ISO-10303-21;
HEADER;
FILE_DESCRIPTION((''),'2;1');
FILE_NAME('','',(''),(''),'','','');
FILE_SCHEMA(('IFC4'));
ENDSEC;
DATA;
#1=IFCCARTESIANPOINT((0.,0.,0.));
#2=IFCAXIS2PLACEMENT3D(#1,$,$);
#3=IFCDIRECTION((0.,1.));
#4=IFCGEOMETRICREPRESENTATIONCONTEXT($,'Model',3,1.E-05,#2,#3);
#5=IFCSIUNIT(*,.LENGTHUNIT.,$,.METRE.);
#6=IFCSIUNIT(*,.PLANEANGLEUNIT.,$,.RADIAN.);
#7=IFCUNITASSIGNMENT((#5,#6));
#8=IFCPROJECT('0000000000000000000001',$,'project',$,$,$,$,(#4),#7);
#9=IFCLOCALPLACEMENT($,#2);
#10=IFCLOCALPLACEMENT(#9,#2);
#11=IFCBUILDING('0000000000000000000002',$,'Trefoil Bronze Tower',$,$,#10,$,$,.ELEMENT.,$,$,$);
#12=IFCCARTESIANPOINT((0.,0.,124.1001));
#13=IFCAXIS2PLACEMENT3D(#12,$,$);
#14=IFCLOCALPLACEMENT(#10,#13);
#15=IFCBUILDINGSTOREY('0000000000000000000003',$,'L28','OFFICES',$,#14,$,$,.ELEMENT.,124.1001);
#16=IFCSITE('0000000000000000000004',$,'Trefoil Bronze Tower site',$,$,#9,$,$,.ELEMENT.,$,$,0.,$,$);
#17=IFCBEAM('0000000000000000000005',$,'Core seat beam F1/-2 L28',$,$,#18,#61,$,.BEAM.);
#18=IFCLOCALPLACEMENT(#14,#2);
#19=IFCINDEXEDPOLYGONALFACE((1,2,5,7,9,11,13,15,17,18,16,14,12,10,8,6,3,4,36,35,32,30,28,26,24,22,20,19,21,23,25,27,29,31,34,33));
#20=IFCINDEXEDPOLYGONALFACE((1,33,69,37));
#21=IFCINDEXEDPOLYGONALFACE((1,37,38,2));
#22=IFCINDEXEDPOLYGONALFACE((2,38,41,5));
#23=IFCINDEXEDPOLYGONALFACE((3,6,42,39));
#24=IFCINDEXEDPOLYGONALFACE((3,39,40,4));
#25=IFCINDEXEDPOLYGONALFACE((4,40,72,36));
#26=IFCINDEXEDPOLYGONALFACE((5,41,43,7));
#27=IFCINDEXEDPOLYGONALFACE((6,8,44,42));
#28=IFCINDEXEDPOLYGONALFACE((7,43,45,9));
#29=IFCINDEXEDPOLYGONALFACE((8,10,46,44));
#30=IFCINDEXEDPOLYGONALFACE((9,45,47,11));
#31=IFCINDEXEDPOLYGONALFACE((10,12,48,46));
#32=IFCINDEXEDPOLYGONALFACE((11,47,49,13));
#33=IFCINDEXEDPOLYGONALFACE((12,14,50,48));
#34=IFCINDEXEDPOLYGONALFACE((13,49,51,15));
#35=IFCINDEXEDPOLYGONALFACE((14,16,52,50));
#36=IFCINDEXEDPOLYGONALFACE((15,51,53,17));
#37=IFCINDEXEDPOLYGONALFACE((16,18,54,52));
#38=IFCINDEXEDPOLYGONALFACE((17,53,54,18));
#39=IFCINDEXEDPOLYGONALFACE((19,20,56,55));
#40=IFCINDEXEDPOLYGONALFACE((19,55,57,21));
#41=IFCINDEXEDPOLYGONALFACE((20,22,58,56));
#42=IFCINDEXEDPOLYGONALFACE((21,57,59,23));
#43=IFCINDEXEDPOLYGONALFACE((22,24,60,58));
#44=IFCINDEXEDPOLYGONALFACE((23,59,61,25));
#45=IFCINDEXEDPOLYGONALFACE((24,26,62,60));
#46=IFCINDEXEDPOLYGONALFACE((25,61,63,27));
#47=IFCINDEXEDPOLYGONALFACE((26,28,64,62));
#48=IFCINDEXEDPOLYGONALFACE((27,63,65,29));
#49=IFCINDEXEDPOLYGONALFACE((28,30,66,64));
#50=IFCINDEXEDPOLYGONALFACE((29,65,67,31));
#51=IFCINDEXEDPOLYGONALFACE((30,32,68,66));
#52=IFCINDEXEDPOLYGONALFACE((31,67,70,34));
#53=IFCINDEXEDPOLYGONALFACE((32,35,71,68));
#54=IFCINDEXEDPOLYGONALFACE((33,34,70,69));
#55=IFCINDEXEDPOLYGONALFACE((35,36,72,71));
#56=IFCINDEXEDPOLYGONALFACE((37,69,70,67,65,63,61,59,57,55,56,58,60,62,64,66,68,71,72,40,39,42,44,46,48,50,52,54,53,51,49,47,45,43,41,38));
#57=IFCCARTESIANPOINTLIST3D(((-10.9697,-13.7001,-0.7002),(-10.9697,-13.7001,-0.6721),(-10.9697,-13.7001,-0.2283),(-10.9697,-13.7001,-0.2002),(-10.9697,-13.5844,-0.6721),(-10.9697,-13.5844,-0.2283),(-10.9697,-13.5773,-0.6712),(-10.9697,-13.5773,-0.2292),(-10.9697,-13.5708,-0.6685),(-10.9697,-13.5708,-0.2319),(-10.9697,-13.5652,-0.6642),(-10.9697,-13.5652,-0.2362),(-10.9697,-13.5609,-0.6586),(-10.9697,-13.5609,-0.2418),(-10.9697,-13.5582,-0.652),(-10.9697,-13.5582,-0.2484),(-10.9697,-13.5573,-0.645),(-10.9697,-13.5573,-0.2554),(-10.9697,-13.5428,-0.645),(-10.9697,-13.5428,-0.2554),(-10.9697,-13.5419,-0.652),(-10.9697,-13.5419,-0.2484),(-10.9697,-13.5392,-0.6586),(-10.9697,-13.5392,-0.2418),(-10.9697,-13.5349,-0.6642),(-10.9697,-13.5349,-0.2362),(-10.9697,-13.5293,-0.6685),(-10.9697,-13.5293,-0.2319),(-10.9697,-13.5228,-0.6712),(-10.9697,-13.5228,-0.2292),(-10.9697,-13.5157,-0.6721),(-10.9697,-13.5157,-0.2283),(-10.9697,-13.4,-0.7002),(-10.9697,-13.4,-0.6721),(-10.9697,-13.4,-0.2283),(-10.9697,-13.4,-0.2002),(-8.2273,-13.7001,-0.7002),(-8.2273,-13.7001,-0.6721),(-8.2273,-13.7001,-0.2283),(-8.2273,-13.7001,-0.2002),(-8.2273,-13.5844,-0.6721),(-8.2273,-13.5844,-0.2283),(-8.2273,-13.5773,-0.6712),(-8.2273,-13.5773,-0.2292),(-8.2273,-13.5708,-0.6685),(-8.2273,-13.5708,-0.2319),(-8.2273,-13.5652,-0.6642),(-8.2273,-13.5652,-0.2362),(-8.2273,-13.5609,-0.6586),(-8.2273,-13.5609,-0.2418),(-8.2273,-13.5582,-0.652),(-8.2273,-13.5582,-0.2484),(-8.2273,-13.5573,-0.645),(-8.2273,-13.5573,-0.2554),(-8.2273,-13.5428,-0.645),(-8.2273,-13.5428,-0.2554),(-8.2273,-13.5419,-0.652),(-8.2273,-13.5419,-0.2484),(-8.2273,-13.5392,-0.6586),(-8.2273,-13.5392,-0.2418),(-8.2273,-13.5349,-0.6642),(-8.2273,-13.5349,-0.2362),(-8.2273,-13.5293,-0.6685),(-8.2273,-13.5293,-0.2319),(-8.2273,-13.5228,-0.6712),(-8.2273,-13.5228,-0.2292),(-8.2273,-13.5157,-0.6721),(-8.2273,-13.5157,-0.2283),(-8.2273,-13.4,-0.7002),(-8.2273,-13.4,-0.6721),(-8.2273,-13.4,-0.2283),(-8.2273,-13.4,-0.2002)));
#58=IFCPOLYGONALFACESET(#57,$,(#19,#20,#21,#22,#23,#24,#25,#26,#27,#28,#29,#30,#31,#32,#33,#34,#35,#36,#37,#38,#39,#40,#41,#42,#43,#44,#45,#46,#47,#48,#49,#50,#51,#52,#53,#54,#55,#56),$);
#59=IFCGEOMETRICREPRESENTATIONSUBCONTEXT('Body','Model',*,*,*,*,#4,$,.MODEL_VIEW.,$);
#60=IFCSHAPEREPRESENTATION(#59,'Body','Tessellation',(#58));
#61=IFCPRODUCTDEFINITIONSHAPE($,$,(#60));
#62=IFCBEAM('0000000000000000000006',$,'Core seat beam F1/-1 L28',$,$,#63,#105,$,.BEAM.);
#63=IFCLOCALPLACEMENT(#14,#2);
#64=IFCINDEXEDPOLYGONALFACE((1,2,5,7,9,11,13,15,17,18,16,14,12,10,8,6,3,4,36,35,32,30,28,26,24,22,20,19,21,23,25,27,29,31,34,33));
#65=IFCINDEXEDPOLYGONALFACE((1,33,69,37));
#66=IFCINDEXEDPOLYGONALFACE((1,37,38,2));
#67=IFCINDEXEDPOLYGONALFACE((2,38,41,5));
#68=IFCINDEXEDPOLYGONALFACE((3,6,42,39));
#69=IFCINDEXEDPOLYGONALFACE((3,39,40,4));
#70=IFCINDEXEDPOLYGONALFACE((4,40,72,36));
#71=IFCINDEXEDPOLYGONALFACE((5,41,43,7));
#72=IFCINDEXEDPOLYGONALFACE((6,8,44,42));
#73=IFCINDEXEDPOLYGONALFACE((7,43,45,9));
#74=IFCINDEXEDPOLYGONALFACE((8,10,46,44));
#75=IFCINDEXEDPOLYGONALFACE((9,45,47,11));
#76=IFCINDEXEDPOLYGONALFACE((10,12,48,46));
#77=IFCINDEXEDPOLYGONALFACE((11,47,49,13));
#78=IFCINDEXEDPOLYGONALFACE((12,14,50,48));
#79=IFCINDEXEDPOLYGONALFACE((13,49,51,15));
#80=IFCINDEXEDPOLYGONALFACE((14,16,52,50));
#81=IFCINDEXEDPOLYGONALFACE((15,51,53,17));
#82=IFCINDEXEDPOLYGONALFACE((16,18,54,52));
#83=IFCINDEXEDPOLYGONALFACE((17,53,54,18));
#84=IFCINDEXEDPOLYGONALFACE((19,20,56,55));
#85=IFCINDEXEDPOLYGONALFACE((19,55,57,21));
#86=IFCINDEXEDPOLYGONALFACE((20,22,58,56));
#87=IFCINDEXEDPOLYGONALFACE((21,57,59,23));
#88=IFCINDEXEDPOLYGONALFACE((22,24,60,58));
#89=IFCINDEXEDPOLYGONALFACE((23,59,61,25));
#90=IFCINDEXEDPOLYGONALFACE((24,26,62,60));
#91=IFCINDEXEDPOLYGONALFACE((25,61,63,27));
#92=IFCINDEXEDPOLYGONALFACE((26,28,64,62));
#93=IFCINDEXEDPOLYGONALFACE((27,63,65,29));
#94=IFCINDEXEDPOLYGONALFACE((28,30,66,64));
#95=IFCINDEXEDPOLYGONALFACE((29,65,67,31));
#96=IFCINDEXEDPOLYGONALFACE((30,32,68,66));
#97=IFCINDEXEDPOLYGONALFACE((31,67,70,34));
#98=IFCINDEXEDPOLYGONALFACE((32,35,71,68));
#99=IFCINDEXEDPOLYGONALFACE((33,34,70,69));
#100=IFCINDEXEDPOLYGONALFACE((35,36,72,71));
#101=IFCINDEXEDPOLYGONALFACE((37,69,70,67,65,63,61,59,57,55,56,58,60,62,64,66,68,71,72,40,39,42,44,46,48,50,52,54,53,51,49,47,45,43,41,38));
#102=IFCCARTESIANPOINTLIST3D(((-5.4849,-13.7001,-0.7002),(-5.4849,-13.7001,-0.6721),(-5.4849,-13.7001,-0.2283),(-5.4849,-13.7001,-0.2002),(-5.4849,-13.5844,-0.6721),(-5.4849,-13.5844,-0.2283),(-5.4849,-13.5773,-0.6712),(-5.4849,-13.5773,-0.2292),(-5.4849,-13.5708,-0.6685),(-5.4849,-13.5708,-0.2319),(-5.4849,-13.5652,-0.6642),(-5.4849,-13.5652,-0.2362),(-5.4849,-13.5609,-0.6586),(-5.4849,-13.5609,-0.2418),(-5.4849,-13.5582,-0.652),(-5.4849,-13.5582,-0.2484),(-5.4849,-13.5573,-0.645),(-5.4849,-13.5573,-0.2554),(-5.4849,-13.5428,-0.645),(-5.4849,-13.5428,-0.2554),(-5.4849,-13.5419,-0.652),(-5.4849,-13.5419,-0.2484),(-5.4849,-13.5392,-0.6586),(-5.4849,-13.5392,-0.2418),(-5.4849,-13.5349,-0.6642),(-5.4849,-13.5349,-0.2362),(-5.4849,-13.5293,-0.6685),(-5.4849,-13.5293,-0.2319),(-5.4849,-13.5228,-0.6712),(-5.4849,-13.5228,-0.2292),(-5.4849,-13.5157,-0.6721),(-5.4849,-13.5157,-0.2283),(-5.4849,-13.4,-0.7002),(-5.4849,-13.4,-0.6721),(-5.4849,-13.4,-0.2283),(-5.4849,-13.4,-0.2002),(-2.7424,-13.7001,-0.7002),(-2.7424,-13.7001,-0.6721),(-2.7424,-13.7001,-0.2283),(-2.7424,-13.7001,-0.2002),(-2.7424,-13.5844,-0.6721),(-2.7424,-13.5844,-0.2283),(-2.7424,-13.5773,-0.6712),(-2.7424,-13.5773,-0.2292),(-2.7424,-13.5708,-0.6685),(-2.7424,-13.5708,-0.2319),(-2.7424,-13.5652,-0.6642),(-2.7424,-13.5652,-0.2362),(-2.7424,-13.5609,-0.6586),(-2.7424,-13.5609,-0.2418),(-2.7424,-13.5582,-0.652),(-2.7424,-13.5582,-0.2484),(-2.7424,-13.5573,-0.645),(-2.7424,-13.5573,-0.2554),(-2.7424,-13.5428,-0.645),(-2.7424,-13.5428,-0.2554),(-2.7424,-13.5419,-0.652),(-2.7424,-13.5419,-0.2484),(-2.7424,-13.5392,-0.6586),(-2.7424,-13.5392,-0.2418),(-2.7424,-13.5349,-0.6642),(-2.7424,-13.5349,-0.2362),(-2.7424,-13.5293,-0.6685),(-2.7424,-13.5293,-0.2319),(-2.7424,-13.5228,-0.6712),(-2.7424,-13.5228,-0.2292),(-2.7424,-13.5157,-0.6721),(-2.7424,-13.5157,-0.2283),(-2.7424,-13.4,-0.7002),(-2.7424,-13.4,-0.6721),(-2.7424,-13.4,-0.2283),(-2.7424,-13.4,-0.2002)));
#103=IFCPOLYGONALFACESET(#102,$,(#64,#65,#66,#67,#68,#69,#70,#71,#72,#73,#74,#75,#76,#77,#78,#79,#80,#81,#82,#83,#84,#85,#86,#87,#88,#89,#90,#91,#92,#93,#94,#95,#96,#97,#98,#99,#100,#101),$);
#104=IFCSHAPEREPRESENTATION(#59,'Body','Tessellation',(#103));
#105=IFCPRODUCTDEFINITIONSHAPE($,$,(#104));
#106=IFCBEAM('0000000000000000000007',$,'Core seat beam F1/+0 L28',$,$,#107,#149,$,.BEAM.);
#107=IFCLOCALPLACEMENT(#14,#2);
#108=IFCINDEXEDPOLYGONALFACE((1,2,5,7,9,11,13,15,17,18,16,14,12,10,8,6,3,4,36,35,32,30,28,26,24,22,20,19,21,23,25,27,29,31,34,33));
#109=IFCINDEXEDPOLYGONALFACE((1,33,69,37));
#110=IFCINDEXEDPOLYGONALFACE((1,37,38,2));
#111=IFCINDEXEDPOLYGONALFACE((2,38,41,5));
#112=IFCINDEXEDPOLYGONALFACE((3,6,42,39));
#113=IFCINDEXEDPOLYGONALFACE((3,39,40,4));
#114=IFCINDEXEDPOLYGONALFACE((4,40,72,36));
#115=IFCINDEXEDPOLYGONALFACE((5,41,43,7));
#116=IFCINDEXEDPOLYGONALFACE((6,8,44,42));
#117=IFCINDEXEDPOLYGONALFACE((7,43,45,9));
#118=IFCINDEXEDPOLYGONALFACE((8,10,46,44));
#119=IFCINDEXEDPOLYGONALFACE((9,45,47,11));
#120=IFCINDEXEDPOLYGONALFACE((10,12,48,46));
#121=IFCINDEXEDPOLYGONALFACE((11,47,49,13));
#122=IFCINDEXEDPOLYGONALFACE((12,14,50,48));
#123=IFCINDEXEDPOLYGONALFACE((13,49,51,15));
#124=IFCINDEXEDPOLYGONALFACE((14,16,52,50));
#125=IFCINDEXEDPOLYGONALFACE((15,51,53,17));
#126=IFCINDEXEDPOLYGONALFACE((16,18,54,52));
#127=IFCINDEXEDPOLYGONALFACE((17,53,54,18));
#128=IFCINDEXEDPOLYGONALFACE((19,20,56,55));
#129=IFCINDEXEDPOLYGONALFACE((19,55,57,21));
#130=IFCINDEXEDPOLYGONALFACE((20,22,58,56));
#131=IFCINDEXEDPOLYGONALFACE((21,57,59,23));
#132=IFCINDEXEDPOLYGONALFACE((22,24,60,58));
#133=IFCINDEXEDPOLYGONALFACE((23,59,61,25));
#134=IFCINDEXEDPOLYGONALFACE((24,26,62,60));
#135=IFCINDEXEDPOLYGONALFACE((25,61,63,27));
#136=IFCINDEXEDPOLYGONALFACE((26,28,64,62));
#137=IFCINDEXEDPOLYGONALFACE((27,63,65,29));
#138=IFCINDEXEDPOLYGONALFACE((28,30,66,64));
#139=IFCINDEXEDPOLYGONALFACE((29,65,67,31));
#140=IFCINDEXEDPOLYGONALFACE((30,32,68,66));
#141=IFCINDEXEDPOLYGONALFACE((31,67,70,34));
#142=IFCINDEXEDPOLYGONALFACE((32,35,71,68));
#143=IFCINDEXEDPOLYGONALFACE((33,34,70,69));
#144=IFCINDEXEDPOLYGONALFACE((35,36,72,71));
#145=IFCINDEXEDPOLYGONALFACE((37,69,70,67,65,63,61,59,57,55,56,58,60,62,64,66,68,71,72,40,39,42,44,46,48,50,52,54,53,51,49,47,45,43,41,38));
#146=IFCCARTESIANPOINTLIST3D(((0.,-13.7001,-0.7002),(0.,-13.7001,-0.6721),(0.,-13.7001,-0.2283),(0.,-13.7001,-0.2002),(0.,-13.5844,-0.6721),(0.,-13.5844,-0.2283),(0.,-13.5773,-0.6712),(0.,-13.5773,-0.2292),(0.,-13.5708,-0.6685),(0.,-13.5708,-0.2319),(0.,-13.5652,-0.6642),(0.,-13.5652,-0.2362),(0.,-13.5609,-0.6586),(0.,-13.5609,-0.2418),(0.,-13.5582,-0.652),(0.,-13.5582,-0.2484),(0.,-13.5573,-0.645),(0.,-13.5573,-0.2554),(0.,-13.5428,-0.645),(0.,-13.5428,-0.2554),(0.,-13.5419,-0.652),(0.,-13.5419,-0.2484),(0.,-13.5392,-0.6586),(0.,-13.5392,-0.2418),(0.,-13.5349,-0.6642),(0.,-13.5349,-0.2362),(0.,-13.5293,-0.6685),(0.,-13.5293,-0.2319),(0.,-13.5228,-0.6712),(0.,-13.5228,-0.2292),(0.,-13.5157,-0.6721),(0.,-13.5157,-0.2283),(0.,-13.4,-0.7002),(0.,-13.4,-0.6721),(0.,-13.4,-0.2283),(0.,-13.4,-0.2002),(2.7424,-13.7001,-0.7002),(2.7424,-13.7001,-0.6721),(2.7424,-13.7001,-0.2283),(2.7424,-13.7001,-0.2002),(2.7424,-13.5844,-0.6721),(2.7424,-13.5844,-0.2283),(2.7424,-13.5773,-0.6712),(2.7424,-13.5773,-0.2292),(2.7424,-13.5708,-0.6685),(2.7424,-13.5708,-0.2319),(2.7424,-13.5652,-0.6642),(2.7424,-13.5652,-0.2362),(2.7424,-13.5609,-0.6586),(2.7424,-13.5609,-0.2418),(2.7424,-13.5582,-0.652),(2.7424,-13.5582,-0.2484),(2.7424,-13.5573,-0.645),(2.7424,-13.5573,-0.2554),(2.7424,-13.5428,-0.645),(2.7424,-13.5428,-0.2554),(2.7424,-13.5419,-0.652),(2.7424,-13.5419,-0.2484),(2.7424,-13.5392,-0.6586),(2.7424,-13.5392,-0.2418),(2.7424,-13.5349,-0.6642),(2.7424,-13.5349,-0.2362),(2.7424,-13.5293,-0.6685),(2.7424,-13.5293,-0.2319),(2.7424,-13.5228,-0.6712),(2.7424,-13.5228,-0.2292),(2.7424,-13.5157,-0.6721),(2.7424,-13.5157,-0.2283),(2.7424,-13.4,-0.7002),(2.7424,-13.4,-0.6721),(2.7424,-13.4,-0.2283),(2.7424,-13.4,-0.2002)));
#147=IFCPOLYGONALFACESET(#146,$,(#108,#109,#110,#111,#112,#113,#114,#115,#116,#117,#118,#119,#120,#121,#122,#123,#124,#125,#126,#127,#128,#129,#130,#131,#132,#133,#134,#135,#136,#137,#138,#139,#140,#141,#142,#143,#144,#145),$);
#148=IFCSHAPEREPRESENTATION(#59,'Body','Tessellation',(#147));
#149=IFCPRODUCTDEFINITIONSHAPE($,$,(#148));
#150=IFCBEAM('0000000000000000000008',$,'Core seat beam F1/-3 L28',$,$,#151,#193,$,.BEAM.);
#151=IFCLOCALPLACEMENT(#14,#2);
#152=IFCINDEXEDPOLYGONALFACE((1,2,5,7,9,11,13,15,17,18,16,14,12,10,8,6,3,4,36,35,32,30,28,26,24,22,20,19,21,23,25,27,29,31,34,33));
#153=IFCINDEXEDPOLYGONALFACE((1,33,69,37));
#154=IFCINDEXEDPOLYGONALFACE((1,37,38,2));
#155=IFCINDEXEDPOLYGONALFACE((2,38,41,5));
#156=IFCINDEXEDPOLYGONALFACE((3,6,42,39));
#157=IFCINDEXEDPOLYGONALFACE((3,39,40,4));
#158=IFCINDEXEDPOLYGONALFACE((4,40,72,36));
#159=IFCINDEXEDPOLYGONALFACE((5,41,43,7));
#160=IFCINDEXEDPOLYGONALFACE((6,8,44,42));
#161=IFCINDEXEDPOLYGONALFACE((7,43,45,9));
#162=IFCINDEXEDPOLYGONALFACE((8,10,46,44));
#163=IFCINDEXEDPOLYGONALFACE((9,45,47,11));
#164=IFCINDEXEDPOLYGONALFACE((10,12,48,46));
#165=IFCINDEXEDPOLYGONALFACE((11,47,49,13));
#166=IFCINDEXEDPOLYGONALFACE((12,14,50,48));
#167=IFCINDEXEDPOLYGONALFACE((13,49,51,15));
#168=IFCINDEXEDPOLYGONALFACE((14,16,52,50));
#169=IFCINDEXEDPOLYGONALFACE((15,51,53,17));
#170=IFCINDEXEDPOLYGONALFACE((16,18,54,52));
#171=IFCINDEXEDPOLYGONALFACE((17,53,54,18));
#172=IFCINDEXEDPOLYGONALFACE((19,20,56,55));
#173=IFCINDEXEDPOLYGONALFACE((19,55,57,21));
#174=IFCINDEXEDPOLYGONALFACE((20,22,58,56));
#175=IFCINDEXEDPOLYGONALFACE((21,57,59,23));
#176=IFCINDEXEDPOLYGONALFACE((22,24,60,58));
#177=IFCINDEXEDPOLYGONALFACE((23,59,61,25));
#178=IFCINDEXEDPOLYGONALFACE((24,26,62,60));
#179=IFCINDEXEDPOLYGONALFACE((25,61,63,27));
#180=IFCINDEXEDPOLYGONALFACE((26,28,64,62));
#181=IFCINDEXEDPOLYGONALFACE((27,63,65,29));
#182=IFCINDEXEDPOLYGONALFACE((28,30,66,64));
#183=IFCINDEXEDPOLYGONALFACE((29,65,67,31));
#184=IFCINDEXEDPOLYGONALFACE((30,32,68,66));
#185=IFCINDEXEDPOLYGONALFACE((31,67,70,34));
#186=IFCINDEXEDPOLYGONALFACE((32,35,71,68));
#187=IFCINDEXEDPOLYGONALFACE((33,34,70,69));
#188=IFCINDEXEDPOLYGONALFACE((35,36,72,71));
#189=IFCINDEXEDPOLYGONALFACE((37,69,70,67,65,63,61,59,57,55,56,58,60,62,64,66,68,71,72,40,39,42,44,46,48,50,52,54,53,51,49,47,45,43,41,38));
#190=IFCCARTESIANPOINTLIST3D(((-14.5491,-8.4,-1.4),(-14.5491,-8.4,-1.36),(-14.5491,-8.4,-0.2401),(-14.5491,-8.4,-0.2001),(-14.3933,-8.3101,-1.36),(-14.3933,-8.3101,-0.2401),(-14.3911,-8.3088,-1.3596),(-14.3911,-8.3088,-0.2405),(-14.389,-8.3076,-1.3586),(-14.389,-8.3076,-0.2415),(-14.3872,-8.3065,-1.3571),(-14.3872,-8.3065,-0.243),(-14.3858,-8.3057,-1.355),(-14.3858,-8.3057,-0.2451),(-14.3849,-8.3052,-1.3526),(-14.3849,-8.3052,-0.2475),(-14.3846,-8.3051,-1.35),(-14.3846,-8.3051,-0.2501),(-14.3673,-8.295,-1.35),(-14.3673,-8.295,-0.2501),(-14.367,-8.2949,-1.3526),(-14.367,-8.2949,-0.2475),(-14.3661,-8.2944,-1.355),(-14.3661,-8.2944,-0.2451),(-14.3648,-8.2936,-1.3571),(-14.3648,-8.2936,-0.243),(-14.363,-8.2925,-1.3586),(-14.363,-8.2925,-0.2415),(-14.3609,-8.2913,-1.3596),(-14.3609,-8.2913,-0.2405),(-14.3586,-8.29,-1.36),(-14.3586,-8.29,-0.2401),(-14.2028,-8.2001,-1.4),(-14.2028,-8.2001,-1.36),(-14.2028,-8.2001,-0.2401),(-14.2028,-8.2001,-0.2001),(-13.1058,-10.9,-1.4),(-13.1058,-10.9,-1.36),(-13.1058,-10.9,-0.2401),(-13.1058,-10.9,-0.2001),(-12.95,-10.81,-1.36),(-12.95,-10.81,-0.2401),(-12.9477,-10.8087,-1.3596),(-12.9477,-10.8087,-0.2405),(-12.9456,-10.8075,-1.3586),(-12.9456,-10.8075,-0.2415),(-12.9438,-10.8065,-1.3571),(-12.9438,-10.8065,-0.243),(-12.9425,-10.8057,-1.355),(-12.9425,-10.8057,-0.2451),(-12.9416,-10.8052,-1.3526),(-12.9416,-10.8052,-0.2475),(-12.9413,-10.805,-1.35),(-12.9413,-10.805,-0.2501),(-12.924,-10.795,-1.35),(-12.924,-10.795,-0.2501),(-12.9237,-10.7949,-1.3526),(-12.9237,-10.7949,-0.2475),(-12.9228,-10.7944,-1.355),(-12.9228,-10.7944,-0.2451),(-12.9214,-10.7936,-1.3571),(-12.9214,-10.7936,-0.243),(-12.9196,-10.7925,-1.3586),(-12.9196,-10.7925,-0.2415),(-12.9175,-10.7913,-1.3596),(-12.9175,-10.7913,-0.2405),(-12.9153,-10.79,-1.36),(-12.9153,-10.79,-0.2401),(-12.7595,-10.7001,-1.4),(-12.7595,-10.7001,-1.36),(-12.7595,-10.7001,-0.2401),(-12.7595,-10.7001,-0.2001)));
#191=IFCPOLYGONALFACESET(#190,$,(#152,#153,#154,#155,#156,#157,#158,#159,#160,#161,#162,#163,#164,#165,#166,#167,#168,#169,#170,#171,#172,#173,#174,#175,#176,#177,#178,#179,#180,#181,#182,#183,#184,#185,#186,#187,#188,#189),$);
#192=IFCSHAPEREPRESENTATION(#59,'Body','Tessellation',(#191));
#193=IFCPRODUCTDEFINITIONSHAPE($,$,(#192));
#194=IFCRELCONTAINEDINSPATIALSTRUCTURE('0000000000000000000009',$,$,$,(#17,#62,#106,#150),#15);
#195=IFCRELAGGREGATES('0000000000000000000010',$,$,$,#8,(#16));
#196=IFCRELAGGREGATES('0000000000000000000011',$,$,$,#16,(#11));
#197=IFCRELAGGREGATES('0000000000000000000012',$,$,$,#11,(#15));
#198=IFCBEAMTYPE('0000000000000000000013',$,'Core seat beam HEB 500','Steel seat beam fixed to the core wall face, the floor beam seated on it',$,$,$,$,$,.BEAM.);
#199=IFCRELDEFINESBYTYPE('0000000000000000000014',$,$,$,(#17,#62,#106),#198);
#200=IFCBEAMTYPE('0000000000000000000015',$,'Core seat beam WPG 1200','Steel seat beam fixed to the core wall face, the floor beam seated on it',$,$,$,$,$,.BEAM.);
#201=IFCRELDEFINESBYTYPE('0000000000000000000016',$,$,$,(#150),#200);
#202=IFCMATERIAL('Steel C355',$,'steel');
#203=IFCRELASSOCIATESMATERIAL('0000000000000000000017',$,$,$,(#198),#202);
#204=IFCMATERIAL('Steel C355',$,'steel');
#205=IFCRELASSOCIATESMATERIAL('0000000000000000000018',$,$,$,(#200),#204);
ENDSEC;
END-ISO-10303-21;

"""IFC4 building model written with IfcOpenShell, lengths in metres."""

from ifc_helpers import new_model, si_unit, direction, frame, origin, origin_2d, place, context, subcontext, project, spatial, i_section, extrude, material, material_profile, profile_set, type_object, element, save


model = new_model("IFC4")

# Units and contexts
model_context = context("Model", 3, precision=1e-05, world=origin(), true_north=direction((0.0, 1.0)))
body_context = subcontext(model_context, "Body", "Model", "MODEL_VIEW")
ifc_project = project(units=[si_unit("LENGTHUNIT", "METRE"), si_unit("PLANEANGLEUNIT", "RADIAN")], contexts=[model_context])

# Site, building, storey
site_placement = place(None, origin())
site = spatial("IfcSite", under=ifc_project, at=site_placement, Name="Trefoil Bronze Tower site", CompositionType="ELEMENT", RefElevation=0.0)
building_placement = place(site_placement, origin())
building = spatial("IfcBuilding", under=site, at=building_placement, Name="Trefoil Bronze Tower", CompositionType="ELEMENT")
storey_placement = place(building_placement, frame((0.0, 0.0, 124.1001)))
storey = spatial("IfcBuildingStorey", under=building, at=storey_placement, Name="L28", Description="OFFICES", CompositionType="ELEMENT", Elevation=124.1001)

# Beams
ifc_material_1 = material(Name="Steel C355", Category="steel")
ifc_material_profile_1 = material_profile(ifc_material_1, i_section(OverallWidth=0.3, OverallDepth=0.5, WebThickness=0.0144, FlangeThickness=0.0281, FilletRadius=0.0271, at=origin_2d()), Name="HEB 500")
ifc_profile_set_1 = profile_set([ifc_material_profile_1], Name="Steel C355")
beam_type_1 = type_object("IfcBeamType", Name="Core seat beam HEB 500", Description="Steel seat beam fixed to the core wall face, the floor beam seated on it", PredefinedType="BEAM", material=ifc_profile_set_1)
for number, where, z_axis, x_axis, name in (
    (1, (-10.9697, -13.55, -0.4502), (1.0, 0.0, 0.0), (0.0, 1.0, 0.0), "Core seat beam F1/-2 L28"),
    (2, (-5.4849, -13.55, -0.4502), (1.0, 0.0, 0.0), (0.0, 1.0, 0.0), "Core seat beam F1/-1 L28"),
    (3, (0.0, -13.55, -0.4502), (1.0, 0.0, 0.0), (0.0, 1.0, 0.0), "Core seat beam F1/+0 L28"),
):
    element("IfcBeam", number, at=place(storey_placement, frame(where, z_axis=z_axis, x_axis=x_axis)), inside=storey, type_object=beam_type_1, Name=name, PredefinedType="BEAM", context=body_context, shape_type="SweptSolid", body=[
        extrude(i_section(OverallWidth=0.3, OverallDepth=0.5, WebThickness=0.0144, FlangeThickness=0.0281, FilletRadius=0.0271, at=origin_2d()), origin(), (0.0, 0.0, 1.0), 2.7424),
    ])
ifc_material_2 = material(Name="Steel C355", Category="steel")
ifc_material_profile_2 = material_profile(ifc_material_2, i_section(OverallWidth=0.3999, OverallDepth=1.2, WebThickness=0.02, FlangeThickness=0.04, FilletRadius=0.01, at=origin_2d()), Name="WPG 1200")
ifc_profile_set_2 = profile_set([ifc_material_profile_2], Name="Steel C355")
beam_type_2 = type_object("IfcBeamType", Name="Core seat beam WPG 1200", Description="Steel seat beam fixed to the core wall face, the floor beam seated on it", PredefinedType="BEAM", material=ifc_profile_set_2)
beam_1_placement = place(storey_placement, frame((-14.376, -8.3, -0.8), z_axis=(0.499996, -0.866028, 0.0), x_axis=(0.866028, 0.499996, 0.0)))
element("IfcBeam", 4, at=beam_1_placement, inside=storey, type_object=beam_type_2, Name="Core seat beam F1/-3 L28", PredefinedType="BEAM", context=body_context, shape_type="SweptSolid", body=[
    extrude(i_section(OverallWidth=0.3999, OverallDepth=1.2, WebThickness=0.02, FlangeThickness=0.04, FilletRadius=0.01, at=origin_2d()), origin(), (0.0, 0.0, 1.0), 2.8867),
])

save(model, "model.ifc")
